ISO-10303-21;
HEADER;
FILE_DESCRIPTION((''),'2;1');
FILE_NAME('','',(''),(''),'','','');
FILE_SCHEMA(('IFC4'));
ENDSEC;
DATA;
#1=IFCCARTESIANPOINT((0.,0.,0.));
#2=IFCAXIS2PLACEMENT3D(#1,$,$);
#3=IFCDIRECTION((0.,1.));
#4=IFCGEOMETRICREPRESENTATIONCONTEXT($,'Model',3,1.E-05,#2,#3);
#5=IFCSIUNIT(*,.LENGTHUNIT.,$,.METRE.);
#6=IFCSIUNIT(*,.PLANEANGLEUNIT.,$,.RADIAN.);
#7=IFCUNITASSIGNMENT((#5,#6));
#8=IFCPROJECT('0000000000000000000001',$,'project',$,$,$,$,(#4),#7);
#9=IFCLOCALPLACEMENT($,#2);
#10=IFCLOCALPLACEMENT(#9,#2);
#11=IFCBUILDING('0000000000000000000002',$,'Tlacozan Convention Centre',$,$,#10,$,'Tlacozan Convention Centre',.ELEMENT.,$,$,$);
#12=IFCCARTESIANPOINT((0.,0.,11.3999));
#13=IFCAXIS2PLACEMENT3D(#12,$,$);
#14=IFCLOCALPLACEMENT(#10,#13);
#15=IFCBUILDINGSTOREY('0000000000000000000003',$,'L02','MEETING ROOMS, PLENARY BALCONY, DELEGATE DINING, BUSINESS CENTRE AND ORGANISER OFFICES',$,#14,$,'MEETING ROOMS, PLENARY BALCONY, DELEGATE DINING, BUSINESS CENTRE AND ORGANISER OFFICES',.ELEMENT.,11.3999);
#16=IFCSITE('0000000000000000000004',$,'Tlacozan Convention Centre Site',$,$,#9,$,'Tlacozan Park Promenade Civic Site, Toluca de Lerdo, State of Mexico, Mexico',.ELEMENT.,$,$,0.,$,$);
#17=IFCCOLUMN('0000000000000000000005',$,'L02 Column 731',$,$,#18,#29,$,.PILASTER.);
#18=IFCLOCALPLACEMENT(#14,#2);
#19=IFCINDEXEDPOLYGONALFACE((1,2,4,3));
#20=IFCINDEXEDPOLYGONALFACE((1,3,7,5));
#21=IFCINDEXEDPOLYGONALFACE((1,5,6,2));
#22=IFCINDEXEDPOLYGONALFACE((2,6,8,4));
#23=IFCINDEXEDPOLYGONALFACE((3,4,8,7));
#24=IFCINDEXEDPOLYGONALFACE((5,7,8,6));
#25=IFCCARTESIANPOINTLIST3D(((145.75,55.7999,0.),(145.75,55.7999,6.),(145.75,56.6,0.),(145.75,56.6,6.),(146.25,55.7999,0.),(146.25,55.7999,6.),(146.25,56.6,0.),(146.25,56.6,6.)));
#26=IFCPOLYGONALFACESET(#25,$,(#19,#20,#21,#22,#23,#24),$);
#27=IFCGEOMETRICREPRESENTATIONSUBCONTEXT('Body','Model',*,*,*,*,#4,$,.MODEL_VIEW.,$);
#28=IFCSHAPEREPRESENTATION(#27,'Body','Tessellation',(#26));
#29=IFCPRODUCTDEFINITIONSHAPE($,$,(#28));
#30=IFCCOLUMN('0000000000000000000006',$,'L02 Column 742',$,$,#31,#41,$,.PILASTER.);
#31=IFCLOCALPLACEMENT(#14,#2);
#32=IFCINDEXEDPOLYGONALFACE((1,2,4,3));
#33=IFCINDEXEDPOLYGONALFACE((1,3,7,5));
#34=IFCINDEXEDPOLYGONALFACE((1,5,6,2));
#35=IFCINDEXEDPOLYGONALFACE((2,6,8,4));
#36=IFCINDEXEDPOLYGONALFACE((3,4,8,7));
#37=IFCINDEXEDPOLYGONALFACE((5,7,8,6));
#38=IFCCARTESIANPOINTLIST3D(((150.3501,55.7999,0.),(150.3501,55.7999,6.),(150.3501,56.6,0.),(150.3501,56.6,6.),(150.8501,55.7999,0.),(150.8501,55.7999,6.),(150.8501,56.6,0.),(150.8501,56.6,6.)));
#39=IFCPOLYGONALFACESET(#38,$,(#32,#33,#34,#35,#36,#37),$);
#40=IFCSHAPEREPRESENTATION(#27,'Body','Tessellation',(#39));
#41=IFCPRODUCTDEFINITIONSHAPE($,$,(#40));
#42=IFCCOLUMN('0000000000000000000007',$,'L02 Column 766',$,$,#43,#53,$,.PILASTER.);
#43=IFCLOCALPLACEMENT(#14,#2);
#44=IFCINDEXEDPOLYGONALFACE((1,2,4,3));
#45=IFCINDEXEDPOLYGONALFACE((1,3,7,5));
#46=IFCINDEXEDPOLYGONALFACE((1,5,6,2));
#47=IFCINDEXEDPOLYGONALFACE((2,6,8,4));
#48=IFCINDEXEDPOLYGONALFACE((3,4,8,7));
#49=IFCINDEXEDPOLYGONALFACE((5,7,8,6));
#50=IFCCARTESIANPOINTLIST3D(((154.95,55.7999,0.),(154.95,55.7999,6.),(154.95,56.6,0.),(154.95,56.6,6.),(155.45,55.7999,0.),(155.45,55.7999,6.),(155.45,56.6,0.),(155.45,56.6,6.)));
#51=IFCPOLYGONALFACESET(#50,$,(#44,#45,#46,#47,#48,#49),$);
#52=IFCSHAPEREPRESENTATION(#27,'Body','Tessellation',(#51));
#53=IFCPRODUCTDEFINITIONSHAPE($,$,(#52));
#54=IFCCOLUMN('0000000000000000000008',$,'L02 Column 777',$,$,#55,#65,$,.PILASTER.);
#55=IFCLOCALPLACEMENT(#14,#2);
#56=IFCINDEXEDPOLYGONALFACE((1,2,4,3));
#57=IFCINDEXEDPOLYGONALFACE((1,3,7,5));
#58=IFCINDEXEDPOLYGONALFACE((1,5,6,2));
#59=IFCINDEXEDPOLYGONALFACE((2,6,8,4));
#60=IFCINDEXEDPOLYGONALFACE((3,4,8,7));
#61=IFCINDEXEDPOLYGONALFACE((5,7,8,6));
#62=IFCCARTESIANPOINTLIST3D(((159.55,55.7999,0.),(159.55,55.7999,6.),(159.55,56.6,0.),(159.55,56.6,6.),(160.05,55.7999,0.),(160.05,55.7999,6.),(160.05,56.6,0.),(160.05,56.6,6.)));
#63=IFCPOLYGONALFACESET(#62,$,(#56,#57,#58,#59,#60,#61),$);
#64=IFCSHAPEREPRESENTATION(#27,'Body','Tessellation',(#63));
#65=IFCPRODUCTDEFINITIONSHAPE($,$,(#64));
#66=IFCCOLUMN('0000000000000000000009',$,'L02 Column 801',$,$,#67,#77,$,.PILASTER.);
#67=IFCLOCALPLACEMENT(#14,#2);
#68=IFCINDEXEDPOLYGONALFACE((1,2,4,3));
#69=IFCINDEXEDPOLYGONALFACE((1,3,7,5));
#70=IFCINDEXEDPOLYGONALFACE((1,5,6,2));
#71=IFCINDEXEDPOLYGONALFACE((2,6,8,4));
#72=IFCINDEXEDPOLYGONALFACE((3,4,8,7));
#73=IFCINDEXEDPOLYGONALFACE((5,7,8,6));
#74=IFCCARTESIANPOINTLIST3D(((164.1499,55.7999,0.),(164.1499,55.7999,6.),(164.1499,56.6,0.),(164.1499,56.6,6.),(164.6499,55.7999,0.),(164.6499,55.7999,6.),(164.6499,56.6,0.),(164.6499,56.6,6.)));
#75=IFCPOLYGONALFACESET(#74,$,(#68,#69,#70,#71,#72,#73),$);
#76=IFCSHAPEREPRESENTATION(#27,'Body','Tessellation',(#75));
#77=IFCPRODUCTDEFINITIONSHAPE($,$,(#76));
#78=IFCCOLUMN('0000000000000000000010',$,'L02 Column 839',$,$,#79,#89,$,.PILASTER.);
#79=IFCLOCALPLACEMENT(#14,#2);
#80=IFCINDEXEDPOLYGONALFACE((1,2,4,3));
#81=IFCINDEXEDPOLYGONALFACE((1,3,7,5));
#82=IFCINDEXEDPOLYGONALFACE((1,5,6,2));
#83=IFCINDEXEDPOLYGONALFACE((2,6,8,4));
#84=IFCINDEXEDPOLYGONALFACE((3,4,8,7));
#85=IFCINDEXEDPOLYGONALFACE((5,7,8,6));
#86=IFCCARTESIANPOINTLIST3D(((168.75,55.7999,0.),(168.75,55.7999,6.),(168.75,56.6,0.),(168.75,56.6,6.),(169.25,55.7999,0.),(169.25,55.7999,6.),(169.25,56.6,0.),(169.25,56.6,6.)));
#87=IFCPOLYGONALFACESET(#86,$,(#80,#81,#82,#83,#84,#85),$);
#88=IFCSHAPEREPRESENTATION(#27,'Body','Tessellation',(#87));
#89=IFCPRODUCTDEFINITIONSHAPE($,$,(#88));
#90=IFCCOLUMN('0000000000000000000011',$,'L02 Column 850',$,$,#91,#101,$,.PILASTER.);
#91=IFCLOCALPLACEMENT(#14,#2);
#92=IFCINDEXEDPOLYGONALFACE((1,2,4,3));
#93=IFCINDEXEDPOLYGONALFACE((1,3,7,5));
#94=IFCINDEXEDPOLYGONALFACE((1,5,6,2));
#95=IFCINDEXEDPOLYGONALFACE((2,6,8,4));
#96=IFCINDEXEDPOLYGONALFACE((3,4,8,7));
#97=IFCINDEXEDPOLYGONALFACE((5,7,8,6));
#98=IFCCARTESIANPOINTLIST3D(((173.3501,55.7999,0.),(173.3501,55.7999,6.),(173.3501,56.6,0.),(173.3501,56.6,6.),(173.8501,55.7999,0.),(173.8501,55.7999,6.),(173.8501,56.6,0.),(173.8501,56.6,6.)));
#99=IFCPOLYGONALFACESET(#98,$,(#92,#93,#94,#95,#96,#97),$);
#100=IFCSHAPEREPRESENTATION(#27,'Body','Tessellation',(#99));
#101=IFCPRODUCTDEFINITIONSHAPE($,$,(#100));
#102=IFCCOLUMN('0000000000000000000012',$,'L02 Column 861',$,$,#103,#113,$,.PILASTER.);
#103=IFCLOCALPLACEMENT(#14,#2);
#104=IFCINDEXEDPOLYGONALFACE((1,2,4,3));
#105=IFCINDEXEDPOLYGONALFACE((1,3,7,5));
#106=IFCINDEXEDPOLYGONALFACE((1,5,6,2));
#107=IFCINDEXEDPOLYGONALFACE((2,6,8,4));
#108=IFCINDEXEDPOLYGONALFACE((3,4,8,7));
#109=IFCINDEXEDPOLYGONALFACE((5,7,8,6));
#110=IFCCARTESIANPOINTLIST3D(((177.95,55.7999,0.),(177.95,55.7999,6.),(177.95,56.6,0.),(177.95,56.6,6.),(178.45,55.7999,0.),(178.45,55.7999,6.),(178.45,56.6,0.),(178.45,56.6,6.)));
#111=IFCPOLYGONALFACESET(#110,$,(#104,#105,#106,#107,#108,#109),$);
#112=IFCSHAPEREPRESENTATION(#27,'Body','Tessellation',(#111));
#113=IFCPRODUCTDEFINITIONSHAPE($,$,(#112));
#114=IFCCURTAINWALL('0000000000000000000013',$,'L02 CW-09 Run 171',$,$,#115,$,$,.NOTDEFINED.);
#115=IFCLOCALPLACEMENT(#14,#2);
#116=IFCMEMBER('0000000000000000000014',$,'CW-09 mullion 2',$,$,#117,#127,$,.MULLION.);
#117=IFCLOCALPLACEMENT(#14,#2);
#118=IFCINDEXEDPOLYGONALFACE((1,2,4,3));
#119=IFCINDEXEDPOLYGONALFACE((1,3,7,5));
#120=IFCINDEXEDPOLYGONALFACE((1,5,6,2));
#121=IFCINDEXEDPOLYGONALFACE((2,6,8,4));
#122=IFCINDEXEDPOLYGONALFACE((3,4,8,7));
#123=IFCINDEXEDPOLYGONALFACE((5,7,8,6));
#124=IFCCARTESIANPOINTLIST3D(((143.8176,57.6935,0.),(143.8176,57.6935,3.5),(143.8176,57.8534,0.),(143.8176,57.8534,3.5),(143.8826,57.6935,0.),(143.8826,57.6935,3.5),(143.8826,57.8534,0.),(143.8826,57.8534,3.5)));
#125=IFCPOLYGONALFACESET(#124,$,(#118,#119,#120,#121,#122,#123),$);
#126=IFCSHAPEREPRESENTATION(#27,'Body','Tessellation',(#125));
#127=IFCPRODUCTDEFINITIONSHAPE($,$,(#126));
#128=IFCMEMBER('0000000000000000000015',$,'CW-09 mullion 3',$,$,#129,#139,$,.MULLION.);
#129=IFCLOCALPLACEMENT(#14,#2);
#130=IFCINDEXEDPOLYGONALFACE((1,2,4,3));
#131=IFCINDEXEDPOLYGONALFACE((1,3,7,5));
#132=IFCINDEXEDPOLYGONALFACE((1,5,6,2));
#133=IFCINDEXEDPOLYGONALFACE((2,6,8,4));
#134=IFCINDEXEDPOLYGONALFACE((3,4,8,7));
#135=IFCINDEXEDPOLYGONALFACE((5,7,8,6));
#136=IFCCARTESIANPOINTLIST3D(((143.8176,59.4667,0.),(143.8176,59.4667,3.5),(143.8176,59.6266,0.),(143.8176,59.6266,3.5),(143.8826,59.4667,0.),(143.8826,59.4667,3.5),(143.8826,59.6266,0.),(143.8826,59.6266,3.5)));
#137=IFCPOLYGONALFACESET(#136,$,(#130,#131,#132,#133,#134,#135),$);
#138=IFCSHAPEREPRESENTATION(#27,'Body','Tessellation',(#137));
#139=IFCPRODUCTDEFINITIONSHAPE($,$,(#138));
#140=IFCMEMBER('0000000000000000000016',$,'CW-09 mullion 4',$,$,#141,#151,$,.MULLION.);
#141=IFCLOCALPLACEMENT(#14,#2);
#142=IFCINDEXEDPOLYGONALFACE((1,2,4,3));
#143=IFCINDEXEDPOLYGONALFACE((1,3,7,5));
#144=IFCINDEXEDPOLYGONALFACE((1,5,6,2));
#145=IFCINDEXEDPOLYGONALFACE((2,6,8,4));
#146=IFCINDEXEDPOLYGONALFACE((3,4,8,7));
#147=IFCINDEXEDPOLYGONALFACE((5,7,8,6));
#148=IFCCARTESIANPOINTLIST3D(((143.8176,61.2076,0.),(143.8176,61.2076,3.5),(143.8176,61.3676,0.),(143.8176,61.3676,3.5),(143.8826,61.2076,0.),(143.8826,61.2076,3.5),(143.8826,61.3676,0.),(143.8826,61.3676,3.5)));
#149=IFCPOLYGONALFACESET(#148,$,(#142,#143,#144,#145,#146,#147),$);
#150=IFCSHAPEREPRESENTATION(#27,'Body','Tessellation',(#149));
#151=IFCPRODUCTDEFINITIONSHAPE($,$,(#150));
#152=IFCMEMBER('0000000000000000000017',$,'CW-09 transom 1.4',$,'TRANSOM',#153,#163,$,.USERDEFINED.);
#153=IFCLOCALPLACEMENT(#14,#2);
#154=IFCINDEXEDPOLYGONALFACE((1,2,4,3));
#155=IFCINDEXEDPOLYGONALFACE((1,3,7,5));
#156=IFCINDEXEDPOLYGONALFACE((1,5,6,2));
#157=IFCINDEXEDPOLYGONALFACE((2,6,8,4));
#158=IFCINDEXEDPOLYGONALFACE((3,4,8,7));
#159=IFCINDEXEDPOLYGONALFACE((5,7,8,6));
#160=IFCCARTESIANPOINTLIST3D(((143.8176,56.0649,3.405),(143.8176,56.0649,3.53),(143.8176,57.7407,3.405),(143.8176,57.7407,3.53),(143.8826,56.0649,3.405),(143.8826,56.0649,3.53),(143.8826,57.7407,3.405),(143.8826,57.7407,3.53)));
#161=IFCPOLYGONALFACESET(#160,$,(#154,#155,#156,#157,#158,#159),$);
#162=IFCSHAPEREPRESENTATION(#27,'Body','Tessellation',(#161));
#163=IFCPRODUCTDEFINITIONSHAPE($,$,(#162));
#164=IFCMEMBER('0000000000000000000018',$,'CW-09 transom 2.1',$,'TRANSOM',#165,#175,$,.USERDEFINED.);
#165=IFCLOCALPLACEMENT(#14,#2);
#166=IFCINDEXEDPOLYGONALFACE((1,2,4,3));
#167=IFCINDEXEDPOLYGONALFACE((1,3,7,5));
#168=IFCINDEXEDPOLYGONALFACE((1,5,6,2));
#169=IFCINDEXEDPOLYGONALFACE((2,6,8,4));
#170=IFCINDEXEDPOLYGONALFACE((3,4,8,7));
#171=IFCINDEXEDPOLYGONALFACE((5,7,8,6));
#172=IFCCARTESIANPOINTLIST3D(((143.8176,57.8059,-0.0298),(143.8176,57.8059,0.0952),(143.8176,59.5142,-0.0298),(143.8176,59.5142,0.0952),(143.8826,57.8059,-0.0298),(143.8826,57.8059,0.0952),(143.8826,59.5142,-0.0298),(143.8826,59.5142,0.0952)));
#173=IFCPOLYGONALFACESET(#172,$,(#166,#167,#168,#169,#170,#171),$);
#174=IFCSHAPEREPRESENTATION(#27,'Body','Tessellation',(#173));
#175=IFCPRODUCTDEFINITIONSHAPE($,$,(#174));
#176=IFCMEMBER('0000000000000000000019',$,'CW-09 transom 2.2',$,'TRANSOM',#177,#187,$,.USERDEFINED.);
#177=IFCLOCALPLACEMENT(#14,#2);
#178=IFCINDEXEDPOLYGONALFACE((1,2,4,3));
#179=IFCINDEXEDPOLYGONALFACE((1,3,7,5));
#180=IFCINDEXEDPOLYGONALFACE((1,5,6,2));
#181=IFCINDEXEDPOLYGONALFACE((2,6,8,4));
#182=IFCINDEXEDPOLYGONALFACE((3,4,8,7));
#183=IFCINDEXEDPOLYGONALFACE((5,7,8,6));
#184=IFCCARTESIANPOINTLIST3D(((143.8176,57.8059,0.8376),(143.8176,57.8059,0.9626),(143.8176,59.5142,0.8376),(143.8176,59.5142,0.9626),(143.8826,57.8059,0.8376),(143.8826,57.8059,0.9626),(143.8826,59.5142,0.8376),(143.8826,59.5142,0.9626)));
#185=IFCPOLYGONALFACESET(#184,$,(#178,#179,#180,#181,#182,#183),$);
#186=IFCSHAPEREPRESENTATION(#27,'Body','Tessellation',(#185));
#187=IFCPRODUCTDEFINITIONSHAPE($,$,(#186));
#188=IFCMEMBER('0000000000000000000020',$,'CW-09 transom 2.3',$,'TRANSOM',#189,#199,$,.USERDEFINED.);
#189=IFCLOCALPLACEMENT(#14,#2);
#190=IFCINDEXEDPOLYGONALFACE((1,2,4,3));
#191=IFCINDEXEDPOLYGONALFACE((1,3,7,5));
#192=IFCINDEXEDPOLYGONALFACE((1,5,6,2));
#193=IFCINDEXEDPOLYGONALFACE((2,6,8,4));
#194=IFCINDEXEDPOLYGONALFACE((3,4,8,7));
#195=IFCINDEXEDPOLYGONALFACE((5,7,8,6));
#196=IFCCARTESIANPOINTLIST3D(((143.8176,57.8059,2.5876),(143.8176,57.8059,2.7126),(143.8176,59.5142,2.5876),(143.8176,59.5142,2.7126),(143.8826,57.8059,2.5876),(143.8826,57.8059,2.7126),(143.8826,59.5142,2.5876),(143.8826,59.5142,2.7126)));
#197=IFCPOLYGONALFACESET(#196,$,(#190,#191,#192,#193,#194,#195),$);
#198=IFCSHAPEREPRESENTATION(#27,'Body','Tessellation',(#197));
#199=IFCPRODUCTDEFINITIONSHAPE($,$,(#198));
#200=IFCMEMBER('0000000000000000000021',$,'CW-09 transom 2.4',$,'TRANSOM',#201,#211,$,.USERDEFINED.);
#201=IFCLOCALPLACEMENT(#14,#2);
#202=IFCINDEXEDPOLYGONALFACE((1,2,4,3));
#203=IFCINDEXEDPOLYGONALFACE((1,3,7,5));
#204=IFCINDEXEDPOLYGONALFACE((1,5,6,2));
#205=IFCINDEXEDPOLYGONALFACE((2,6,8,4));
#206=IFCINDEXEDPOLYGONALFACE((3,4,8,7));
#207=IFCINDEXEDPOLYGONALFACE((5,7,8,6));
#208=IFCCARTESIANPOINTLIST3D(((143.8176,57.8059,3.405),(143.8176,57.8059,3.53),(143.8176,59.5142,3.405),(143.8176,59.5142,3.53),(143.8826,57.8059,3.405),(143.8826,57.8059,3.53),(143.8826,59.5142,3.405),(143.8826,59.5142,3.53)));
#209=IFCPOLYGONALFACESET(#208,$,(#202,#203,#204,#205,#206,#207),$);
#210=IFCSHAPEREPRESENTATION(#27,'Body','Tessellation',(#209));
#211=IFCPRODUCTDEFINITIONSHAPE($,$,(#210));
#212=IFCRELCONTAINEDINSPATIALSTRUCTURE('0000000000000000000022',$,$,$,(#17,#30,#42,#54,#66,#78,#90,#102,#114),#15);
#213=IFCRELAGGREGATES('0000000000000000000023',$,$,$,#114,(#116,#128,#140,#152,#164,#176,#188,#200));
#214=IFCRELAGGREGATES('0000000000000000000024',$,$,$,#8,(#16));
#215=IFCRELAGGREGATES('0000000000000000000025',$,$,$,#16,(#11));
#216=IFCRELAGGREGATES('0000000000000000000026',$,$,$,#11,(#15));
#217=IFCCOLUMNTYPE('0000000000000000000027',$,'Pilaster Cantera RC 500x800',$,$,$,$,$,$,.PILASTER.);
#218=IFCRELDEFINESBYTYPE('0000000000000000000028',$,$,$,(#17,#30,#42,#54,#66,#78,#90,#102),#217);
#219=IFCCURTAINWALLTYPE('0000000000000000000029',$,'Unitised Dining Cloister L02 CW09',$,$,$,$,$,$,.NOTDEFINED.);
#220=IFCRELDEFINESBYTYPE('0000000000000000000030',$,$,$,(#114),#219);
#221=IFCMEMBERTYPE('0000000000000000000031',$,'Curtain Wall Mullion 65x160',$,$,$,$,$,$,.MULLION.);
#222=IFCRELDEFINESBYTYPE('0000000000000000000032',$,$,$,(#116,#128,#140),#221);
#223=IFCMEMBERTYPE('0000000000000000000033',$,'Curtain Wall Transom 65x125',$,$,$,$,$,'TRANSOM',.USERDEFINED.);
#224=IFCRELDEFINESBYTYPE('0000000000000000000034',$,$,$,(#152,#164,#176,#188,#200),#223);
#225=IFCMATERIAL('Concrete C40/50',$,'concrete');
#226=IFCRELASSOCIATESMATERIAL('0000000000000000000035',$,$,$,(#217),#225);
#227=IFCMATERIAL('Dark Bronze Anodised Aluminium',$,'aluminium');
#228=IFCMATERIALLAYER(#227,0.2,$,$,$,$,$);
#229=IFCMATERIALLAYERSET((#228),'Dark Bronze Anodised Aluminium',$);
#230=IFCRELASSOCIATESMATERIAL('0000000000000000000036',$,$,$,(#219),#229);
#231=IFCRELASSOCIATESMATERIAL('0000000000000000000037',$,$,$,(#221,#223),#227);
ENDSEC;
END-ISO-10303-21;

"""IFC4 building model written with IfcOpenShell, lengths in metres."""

from ifc_helpers import new_model, si_unit, direction, frame, origin, origin_2d, place, context, subcontext, project, spatial, rectangle, extrude, material, layer, layer_set, material_profile, profile_set, type_object, element, aggregate, save


model = new_model("IFC4")

# Units and contexts
model_context = context("Model", 3, precision=1e-05, world=origin(), true_north=direction((0.0, 1.0)))
body_context = subcontext(model_context, "Body", "Model", "MODEL_VIEW")
ifc_project = project(units=[si_unit("LENGTHUNIT", "METRE"), si_unit("PLANEANGLEUNIT", "RADIAN")], contexts=[model_context])

# Site, building, storey
site_placement = place(None, origin())
site = spatial("IfcSite", under=ifc_project, at=site_placement, Name="Tlacozan Convention Centre Site", LongName="Tlacozan Park Promenade Civic Site, Toluca de Lerdo, State of Mexico, Mexico", CompositionType="ELEMENT", RefElevation=0.0)
building_placement = place(site_placement, origin())
building = spatial("IfcBuilding", under=site, at=building_placement, Name="Tlacozan Convention Centre", LongName="Tlacozan Convention Centre", CompositionType="ELEMENT")
storey_placement = place(building_placement, frame((0.0, 0.0, 11.3999)))
storey = spatial("IfcBuildingStorey", under=building, at=storey_placement, Name="L02", Description="MEETING ROOMS, PLENARY BALCONY, DELEGATE DINING, BUSINESS CENTRE AND ORGANISER OFFICES", LongName="MEETING ROOMS, PLENARY BALCONY, DELEGATE DINING, BUSINESS CENTRE AND ORGANISER OFFICES", CompositionType="ELEMENT", Elevation=11.3999)

# Columns
ifc_material_1 = material(Name="Concrete C40/50", Category="concrete")
ifc_material_profile_1 = material_profile(ifc_material_1, rectangle(XDim=0.5, YDim=0.8, at=origin_2d()), Name="RC 500x800")
ifc_profile_set_1 = profile_set([ifc_material_profile_1], Name="Concrete C40/50")
column_type = type_object("IfcColumnType", Name="Pilaster Cantera RC 500x800", PredefinedType="PILASTER", material=ifc_profile_set_1)
for number, where, z_axis, x_axis, name in (
    (1, (146.0, 56.2, 0.0), (0.0, 0.0, 1.0), (1.0, 0.0, 0.0), "L02 Column 731"),
    (2, (150.6001, 56.2, 0.0), (0.0, 0.0, 1.0), (1.0, 0.0, 0.0), "L02 Column 742"),
    (3, (155.2, 56.2, 0.0), (0.0, 0.0, 1.0), (1.0, 0.0, 0.0), "L02 Column 766"),
    (4, (159.8, 56.2, 0.0), (0.0, 0.0, 1.0), (1.0, 0.0, 0.0), "L02 Column 777"),
    (5, (164.3999, 56.2, 0.0), (0.0, 0.0, 1.0), (1.0, 0.0, 0.0), "L02 Column 801"),
    (6, (169.0, 56.2, 0.0), (0.0, 0.0, 1.0), (1.0, 0.0, 0.0), "L02 Column 839"),
    (7, (173.6001, 56.2, 0.0), (0.0, 0.0, 1.0), (1.0, 0.0, 0.0), "L02 Column 850"),
    (8, (178.2, 56.2, 0.0), (0.0, 0.0, 1.0), (1.0, 0.0, 0.0), "L02 Column 861"),
):
    element("IfcColumn", number, at=place(storey_placement, frame(where, z_axis=z_axis, x_axis=x_axis)), inside=storey, type_object=column_type, Name=name, PredefinedType="PILASTER", context=body_context, shape_type="SweptSolid", body=[
        extrude(rectangle(XDim=0.5, YDim=0.8, at=origin_2d()), origin(), (0.0, 0.0, 1.0), 6.0),
    ])

# Curtain wall, members
ifc_material_2 = material(Name="Dark Bronze Anodised Aluminium", Category="aluminium")
ifc_layer_1 = layer(ifc_material_2, 0.2)
ifc_layer_set_1 = layer_set([ifc_layer_1], Name="Dark Bronze Anodised Aluminium")
curtain_wall_type = type_object("IfcCurtainWallType", Name="Unitised Dining Cloister L02 CW09", PredefinedType="NOTDEFINED", material=ifc_layer_set_1)
curtain_wall_placement = place(storey_placement, origin())
curtain_wall = element("IfcCurtainWall", 9, at=curtain_wall_placement, inside=storey, type_object=curtain_wall_type, Name="L02 CW-09 Run 171", PredefinedType="NOTDEFINED")
ifc_material_profile_2 = material_profile(ifc_material_2, rectangle(XDim=0.0649, YDim=0.1599, at=origin_2d()), Name="ALU 65x160")
ifc_profile_set_2 = profile_set([ifc_material_profile_2], Name="Dark Bronze Anodised Aluminium")
member_type_1 = type_object("IfcMemberType", Name="Curtain Wall Mullion 65x160", PredefinedType="MULLION", material=ifc_profile_set_2)
member_1_placement = place(storey_placement, frame((143.8501, 57.7734, 0.0), z_axis=(0.0, 0.0, 1.0), x_axis=(-1.0, 0.0, 0.0)))
member_1 = element("IfcMember", 10, at=member_1_placement, type_object=member_type_1, Name="CW-09 mullion 2", PredefinedType="MULLION", context=body_context, shape_type="SweptSolid", body=[
    extrude(rectangle(XDim=0.0649, YDim=0.1599, at=origin_2d()), origin(), (0.0, 0.0, 1.0), 3.5),
])
member_2_placement = place(storey_placement, frame((143.8501, 59.5466, 0.0), z_axis=(0.0, 0.0, 1.0), x_axis=(-1.0, 0.0, 0.0)))
member_2 = element("IfcMember", 11, at=member_2_placement, type_object=member_type_1, Name="CW-09 mullion 3", PredefinedType="MULLION", context=body_context, shape_type="SweptSolid", body=[
    extrude(rectangle(XDim=0.0649, YDim=0.1599, at=origin_2d()), origin(), (0.0, 0.0, 1.0), 3.5),
])
member_3_placement = place(storey_placement, frame((143.8501, 61.2876, 0.0), z_axis=(0.0, 0.0, 1.0), x_axis=(-1.0, 0.0, 0.0)))
member_3 = element("IfcMember", 12, at=member_3_placement, type_object=member_type_1, Name="CW-09 mullion 4", PredefinedType="MULLION", context=body_context, shape_type="SweptSolid", body=[
    extrude(rectangle(XDim=0.0649, YDim=0.1599, at=origin_2d()), origin(), (0.0, 0.0, 1.0), 3.5),
])
ifc_material_profile_3 = material_profile(ifc_material_2, rectangle(XDim=0.0649, YDim=0.125, at=origin_2d()), Name="ALU 65x125")
ifc_profile_set_3 = profile_set([ifc_material_profile_3], Name="Dark Bronze Anodised Aluminium")
member_type_2 = type_object("IfcMemberType", Name="Curtain Wall Transom 65x125", ElementType="TRANSOM", PredefinedType="USERDEFINED", material=ifc_profile_set_3)
member_4_placement = place(storey_placement, frame((143.8501, 56.0649, 3.4675), z_axis=(0.0, 1.0, 0.0), x_axis=(-1.0, 0.0, 0.0)))
member_4 = element("IfcMember", 13, at=member_4_placement, type_object=member_type_2, Name="CW-09 transom 1.4", ObjectType="TRANSOM", PredefinedType="USERDEFINED", context=body_context, shape_type="SweptSolid", body=[
    extrude(rectangle(XDim=0.0649, YDim=0.125, at=origin_2d()), origin(), (0.0, 0.0, 1.0), 1.6758),
])
member_5_placement = place(storey_placement, frame((143.8501, 57.8059, 0.0327), z_axis=(0.0, 1.0, 0.0), x_axis=(-1.0, 0.0, 0.0)))
member_5 = element("IfcMember", 14, at=member_5_placement, type_object=member_type_2, Name="CW-09 transom 2.1", ObjectType="TRANSOM", PredefinedType="USERDEFINED", context=body_context, shape_type="SweptSolid", body=[
    extrude(rectangle(XDim=0.0649, YDim=0.125, at=origin_2d()), origin(), (0.0, 0.0, 1.0), 1.7083),
])
member_6_placement = place(storey_placement, frame((143.8501, 57.8059, 0.9001), z_axis=(0.0, 1.0, 0.0), x_axis=(-1.0, 0.0, 0.0)))
member_6 = element("IfcMember", 15, at=member_6_placement, type_object=member_type_2, Name="CW-09 transom 2.2", ObjectType="TRANSOM", PredefinedType="USERDEFINED", context=body_context, shape_type="SweptSolid", body=[
    extrude(rectangle(XDim=0.0649, YDim=0.125, at=origin_2d()), origin(), (0.0, 0.0, 1.0), 1.7083),
])
member_7_placement = place(storey_placement, frame((143.8501, 57.8059, 2.6501), z_axis=(0.0, 1.0, 0.0), x_axis=(-1.0, 0.0, 0.0)))
member_7 = element("IfcMember", 16, at=member_7_placement, type_object=member_type_2, Name="CW-09 transom 2.3", ObjectType="TRANSOM", PredefinedType="USERDEFINED", context=body_context, shape_type="SweptSolid", body=[
    extrude(rectangle(XDim=0.0649, YDim=0.125, at=origin_2d()), origin(), (0.0, 0.0, 1.0), 1.7083),
])
member_8_placement = place(storey_placement, frame((143.8501, 57.8059, 3.4675), z_axis=(0.0, 1.0, 0.0), x_axis=(-1.0, 0.0, 0.0)))
member_8 = element("IfcMember", 17, at=member_8_placement, type_object=member_type_2, Name="CW-09 transom 2.4", ObjectType="TRANSOM", PredefinedType="USERDEFINED", context=body_context, shape_type="SweptSolid", body=[
    extrude(rectangle(XDim=0.0649, YDim=0.125, at=origin_2d()), origin(), (0.0, 0.0, 1.0), 1.7083),
])
aggregate(curtain_wall, [member_1, member_2, member_3, member_4, member_5, member_6, member_7, member_8])

save(model, "model.ifc")
